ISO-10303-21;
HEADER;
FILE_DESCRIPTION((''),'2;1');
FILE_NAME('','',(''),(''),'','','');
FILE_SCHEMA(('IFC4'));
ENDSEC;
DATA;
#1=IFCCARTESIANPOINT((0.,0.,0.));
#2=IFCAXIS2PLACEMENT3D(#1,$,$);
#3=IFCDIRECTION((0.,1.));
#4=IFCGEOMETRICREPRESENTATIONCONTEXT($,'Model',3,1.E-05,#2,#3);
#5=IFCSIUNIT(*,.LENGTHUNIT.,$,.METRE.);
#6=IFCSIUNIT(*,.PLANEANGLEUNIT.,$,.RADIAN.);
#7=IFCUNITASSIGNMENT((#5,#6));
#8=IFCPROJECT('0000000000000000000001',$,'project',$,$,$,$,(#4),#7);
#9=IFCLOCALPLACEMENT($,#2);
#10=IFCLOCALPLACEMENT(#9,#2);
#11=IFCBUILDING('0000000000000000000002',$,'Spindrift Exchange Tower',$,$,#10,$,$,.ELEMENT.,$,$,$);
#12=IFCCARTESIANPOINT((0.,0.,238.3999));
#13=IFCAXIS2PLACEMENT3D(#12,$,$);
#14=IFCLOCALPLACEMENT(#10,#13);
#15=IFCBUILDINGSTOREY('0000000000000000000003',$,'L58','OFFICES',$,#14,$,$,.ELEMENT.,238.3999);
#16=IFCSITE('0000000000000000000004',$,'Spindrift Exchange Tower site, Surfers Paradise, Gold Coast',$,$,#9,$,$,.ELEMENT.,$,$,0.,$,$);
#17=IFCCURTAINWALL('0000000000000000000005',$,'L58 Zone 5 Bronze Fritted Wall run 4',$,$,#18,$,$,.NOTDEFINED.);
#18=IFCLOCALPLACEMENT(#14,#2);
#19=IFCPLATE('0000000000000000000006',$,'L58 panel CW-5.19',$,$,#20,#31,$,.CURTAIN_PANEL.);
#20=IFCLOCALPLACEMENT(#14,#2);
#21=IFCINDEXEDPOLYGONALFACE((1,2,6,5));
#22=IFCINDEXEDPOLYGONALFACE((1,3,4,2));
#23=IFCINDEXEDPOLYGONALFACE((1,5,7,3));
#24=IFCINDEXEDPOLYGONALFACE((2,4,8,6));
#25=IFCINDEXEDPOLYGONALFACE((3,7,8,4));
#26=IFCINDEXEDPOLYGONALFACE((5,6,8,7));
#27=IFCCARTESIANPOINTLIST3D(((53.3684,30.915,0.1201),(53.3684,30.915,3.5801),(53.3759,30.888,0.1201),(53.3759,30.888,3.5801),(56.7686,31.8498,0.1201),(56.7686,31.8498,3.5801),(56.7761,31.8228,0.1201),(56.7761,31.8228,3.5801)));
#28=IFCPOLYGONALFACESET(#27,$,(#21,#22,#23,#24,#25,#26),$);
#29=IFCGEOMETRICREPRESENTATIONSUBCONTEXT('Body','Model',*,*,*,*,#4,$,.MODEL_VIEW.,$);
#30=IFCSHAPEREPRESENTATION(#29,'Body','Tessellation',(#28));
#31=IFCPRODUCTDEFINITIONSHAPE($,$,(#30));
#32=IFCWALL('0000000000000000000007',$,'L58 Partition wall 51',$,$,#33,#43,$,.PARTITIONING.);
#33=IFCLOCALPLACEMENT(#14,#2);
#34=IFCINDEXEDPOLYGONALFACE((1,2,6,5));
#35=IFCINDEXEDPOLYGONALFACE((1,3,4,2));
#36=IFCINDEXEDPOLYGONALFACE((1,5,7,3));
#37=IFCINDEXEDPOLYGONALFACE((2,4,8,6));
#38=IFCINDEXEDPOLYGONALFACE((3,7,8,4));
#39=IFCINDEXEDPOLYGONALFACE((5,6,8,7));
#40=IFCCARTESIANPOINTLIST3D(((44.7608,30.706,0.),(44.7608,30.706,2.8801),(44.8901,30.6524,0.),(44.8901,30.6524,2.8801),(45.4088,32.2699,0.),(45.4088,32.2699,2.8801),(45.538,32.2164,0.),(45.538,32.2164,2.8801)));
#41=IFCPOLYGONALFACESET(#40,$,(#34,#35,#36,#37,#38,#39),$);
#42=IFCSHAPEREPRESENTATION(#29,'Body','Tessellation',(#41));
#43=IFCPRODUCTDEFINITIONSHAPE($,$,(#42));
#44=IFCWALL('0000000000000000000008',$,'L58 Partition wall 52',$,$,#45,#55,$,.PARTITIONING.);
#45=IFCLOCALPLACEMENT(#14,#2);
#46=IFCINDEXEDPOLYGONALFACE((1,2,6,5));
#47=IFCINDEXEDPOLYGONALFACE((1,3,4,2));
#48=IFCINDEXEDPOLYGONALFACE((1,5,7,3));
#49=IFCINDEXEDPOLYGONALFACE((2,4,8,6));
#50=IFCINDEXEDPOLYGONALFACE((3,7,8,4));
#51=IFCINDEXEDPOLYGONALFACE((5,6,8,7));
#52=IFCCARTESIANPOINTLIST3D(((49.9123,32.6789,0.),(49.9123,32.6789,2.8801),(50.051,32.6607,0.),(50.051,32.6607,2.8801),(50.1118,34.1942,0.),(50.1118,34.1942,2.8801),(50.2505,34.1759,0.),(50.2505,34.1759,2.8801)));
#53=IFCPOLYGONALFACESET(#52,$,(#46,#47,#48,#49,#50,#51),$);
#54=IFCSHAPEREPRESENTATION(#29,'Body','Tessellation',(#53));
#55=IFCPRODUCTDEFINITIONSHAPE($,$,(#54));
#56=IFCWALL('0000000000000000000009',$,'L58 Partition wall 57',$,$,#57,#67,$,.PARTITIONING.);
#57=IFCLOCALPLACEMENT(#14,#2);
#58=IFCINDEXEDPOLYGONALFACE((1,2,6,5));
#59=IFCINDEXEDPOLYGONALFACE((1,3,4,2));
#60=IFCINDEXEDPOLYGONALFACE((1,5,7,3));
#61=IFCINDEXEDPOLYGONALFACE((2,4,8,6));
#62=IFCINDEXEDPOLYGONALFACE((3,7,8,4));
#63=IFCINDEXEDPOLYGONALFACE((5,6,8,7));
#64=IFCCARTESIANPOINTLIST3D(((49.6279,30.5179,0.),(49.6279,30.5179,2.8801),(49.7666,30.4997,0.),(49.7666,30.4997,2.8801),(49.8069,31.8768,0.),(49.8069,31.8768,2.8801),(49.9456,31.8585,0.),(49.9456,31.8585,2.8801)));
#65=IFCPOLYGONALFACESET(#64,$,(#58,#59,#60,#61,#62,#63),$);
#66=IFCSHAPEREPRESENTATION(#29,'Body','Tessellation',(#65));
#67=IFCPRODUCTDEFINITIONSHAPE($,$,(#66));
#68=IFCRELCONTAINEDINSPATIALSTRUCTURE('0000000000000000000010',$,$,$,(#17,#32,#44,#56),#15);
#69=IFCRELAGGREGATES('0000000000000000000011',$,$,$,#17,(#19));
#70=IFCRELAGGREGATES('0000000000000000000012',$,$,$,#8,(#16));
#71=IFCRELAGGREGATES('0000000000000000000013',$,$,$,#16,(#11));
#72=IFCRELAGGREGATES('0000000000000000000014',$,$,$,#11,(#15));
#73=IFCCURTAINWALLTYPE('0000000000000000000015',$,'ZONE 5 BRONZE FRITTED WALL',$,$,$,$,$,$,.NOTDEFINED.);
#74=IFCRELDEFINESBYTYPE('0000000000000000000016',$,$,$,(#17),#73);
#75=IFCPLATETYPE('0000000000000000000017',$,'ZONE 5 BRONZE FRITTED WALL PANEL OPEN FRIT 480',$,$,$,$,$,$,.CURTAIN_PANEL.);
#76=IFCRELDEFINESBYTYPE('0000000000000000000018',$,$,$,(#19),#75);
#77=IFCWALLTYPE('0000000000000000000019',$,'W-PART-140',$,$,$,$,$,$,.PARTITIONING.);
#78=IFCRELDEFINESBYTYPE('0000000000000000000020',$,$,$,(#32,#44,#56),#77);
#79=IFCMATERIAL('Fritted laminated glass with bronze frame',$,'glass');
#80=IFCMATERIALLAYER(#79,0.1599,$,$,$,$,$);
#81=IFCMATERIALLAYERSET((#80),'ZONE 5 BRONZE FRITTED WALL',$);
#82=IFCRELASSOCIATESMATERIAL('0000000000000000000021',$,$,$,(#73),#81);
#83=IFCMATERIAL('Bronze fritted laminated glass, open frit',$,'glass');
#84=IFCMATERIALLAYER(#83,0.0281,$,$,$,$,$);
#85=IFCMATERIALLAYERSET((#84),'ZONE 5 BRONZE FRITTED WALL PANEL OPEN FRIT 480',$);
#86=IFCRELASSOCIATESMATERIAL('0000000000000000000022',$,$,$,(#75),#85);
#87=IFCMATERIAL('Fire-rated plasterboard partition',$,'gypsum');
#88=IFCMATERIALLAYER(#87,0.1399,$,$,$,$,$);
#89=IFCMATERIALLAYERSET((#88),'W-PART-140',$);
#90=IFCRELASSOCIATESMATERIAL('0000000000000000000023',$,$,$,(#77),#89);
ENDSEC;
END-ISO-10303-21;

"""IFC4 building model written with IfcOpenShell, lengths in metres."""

from ifc_helpers import new_model, si_unit, direction, frame, frame_2d, origin, origin_2d, place, context, subcontext, project, spatial, rectangle, extrude, source, transform, mapped, material, layer, layer_set, type_object, element, aggregate, save


model = new_model("IFC4")

# Units and contexts
model_context = context("Model", 3, precision=1e-05, world=origin(), true_north=direction((0.0, 1.0)))
body_context = subcontext(model_context, "Body", "Model", "MODEL_VIEW")
ifc_project = project(units=[si_unit("LENGTHUNIT", "METRE"), si_unit("PLANEANGLEUNIT", "RADIAN")], contexts=[model_context])

# Site, building, storey
site_placement = place(None, origin())
site = spatial("IfcSite", under=ifc_project, at=site_placement, Name="Spindrift Exchange Tower site, Surfers Paradise, Gold Coast", CompositionType="ELEMENT", RefElevation=0.0)
building_placement = place(site_placement, origin())
building = spatial("IfcBuilding", under=site, at=building_placement, Name="Spindrift Exchange Tower", CompositionType="ELEMENT")
storey_placement = place(building_placement, frame((0.0, 0.0, 238.3999)))
storey = spatial("IfcBuildingStorey", under=building, at=storey_placement, Name="L58", Description="OFFICES", CompositionType="ELEMENT", Elevation=238.3999)

# Curtain wall
ifc_material_1 = material(Name="Fritted laminated glass with bronze frame", Category="glass")
ifc_layer_1 = layer(ifc_material_1, 0.1599)
ifc_layer_set_1 = layer_set([ifc_layer_1], Name="ZONE 5 BRONZE FRITTED WALL")
curtain_wall_type = type_object("IfcCurtainWallType", Name="ZONE 5 BRONZE FRITTED WALL", PredefinedType="NOTDEFINED", material=ifc_layer_set_1)
curtain_wall_1_placement = place(storey_placement, origin())
curtain_wall_1 = element("IfcCurtainWall", 1, at=curtain_wall_1_placement, inside=storey, type_object=curtain_wall_type, Name="L58 Zone 5 Bronze Fritted Wall run 4", PredefinedType="NOTDEFINED")

# Plate
ifc_material_2 = material(Name="Bronze fritted laminated glass, open frit", Category="glass")
ifc_layer_2 = layer(ifc_material_2, 0.0281)
ifc_layer_set_2 = layer_set([ifc_layer_2], Name="ZONE 5 BRONZE FRITTED WALL PANEL OPEN FRIT 480")
plate_type_1 = type_object("IfcPlateType", Name="ZONE 5 BRONZE FRITTED WALL PANEL OPEN FRIT 480", PredefinedType="CURTAIN_PANEL", material=ifc_layer_set_2)
shared_shape_1 = source(origin(), body_context, "Body", "SweptSolid", [
    extrude(rectangle(XDim=3.5264, YDim=0.0281, at=origin_2d()), origin(), (0.0, 0.0, 1.0), 3.46),
])
plate_1_placement = place(storey_placement, frame((55.0723, 31.3689, 0.1201), z_axis=(0.0, 0.0, 1.0), x_axis=(0.964223, 0.265092, 0.0)))
plate_1 = element("IfcPlate", 2, at=plate_1_placement, type_object=plate_type_1, Name="L58 panel CW-5.19", PredefinedType="CURTAIN_PANEL", context=body_context, shape_type="MappedRepresentation", body=[
    mapped(shared_shape_1, transform((0.0, 0.0, 0.0), scale=1.0)),
])
aggregate(curtain_wall_1, [plate_1])

# Walls
ifc_material_3 = material(Name="Fire-rated plasterboard partition", Category="gypsum")
ifc_layer_3 = layer(ifc_material_3, 0.1399)
ifc_layer_set_3 = layer_set([ifc_layer_3], Name="W-PART-140")
wall_type = type_object("IfcWallType", Name="W-PART-140", PredefinedType="PARTITIONING", material=ifc_layer_set_3)
wall_1_placement = place(storey_placement, frame((45.4734, 32.2432, 0.0), z_axis=(0.0, 0.0, 1.0), x_axis=(-0.382751, -0.923852, 0.0)))
element("IfcWall", 3, at=wall_1_placement, inside=storey, type_object=wall_type, Name="L58 Partition wall 51", PredefinedType="PARTITIONING", context=body_context, shape_type="SweptSolid", body=[
    extrude(rectangle(XDim=1.6929, YDim=0.1399, at=frame_2d((0.8464, 0.0))), origin(), (0.0, 0.0, 1.0), 2.8801),
])
wall_2_placement = place(storey_placement, frame((50.1812, 34.1851, 0.0), z_axis=(0.0, 0.0, 1.0), x_axis=(-0.130521, -0.991446, 0.0)))
element("IfcWall", 4, at=wall_2_placement, inside=storey, type_object=wall_type, Name="L58 Partition wall 52", PredefinedType="PARTITIONING", context=body_context, shape_type="SweptSolid", body=[
    extrude(rectangle(XDim=1.5283, YDim=0.1399, at=frame_2d((0.7642, 0.0))), origin(), (0.0, 0.0, 1.0), 2.8801),
])
wall_3_placement = place(storey_placement, frame((49.8762, 31.8677, 0.0), z_axis=(0.0, 0.0, 1.0), x_axis=(-0.130565, -0.99144, 0.0)))
element("IfcWall", 5, at=wall_3_placement, inside=storey, type_object=wall_type, Name="L58 Partition wall 57", PredefinedType="PARTITIONING", context=body_context, shape_type="SweptSolid", body=[
    extrude(rectangle(XDim=1.3706, YDim=0.1399, at=frame_2d((0.6853, 0.0))), origin(), (0.0, 0.0, 1.0), 2.8801),
])

save(model, "model.ifc")
